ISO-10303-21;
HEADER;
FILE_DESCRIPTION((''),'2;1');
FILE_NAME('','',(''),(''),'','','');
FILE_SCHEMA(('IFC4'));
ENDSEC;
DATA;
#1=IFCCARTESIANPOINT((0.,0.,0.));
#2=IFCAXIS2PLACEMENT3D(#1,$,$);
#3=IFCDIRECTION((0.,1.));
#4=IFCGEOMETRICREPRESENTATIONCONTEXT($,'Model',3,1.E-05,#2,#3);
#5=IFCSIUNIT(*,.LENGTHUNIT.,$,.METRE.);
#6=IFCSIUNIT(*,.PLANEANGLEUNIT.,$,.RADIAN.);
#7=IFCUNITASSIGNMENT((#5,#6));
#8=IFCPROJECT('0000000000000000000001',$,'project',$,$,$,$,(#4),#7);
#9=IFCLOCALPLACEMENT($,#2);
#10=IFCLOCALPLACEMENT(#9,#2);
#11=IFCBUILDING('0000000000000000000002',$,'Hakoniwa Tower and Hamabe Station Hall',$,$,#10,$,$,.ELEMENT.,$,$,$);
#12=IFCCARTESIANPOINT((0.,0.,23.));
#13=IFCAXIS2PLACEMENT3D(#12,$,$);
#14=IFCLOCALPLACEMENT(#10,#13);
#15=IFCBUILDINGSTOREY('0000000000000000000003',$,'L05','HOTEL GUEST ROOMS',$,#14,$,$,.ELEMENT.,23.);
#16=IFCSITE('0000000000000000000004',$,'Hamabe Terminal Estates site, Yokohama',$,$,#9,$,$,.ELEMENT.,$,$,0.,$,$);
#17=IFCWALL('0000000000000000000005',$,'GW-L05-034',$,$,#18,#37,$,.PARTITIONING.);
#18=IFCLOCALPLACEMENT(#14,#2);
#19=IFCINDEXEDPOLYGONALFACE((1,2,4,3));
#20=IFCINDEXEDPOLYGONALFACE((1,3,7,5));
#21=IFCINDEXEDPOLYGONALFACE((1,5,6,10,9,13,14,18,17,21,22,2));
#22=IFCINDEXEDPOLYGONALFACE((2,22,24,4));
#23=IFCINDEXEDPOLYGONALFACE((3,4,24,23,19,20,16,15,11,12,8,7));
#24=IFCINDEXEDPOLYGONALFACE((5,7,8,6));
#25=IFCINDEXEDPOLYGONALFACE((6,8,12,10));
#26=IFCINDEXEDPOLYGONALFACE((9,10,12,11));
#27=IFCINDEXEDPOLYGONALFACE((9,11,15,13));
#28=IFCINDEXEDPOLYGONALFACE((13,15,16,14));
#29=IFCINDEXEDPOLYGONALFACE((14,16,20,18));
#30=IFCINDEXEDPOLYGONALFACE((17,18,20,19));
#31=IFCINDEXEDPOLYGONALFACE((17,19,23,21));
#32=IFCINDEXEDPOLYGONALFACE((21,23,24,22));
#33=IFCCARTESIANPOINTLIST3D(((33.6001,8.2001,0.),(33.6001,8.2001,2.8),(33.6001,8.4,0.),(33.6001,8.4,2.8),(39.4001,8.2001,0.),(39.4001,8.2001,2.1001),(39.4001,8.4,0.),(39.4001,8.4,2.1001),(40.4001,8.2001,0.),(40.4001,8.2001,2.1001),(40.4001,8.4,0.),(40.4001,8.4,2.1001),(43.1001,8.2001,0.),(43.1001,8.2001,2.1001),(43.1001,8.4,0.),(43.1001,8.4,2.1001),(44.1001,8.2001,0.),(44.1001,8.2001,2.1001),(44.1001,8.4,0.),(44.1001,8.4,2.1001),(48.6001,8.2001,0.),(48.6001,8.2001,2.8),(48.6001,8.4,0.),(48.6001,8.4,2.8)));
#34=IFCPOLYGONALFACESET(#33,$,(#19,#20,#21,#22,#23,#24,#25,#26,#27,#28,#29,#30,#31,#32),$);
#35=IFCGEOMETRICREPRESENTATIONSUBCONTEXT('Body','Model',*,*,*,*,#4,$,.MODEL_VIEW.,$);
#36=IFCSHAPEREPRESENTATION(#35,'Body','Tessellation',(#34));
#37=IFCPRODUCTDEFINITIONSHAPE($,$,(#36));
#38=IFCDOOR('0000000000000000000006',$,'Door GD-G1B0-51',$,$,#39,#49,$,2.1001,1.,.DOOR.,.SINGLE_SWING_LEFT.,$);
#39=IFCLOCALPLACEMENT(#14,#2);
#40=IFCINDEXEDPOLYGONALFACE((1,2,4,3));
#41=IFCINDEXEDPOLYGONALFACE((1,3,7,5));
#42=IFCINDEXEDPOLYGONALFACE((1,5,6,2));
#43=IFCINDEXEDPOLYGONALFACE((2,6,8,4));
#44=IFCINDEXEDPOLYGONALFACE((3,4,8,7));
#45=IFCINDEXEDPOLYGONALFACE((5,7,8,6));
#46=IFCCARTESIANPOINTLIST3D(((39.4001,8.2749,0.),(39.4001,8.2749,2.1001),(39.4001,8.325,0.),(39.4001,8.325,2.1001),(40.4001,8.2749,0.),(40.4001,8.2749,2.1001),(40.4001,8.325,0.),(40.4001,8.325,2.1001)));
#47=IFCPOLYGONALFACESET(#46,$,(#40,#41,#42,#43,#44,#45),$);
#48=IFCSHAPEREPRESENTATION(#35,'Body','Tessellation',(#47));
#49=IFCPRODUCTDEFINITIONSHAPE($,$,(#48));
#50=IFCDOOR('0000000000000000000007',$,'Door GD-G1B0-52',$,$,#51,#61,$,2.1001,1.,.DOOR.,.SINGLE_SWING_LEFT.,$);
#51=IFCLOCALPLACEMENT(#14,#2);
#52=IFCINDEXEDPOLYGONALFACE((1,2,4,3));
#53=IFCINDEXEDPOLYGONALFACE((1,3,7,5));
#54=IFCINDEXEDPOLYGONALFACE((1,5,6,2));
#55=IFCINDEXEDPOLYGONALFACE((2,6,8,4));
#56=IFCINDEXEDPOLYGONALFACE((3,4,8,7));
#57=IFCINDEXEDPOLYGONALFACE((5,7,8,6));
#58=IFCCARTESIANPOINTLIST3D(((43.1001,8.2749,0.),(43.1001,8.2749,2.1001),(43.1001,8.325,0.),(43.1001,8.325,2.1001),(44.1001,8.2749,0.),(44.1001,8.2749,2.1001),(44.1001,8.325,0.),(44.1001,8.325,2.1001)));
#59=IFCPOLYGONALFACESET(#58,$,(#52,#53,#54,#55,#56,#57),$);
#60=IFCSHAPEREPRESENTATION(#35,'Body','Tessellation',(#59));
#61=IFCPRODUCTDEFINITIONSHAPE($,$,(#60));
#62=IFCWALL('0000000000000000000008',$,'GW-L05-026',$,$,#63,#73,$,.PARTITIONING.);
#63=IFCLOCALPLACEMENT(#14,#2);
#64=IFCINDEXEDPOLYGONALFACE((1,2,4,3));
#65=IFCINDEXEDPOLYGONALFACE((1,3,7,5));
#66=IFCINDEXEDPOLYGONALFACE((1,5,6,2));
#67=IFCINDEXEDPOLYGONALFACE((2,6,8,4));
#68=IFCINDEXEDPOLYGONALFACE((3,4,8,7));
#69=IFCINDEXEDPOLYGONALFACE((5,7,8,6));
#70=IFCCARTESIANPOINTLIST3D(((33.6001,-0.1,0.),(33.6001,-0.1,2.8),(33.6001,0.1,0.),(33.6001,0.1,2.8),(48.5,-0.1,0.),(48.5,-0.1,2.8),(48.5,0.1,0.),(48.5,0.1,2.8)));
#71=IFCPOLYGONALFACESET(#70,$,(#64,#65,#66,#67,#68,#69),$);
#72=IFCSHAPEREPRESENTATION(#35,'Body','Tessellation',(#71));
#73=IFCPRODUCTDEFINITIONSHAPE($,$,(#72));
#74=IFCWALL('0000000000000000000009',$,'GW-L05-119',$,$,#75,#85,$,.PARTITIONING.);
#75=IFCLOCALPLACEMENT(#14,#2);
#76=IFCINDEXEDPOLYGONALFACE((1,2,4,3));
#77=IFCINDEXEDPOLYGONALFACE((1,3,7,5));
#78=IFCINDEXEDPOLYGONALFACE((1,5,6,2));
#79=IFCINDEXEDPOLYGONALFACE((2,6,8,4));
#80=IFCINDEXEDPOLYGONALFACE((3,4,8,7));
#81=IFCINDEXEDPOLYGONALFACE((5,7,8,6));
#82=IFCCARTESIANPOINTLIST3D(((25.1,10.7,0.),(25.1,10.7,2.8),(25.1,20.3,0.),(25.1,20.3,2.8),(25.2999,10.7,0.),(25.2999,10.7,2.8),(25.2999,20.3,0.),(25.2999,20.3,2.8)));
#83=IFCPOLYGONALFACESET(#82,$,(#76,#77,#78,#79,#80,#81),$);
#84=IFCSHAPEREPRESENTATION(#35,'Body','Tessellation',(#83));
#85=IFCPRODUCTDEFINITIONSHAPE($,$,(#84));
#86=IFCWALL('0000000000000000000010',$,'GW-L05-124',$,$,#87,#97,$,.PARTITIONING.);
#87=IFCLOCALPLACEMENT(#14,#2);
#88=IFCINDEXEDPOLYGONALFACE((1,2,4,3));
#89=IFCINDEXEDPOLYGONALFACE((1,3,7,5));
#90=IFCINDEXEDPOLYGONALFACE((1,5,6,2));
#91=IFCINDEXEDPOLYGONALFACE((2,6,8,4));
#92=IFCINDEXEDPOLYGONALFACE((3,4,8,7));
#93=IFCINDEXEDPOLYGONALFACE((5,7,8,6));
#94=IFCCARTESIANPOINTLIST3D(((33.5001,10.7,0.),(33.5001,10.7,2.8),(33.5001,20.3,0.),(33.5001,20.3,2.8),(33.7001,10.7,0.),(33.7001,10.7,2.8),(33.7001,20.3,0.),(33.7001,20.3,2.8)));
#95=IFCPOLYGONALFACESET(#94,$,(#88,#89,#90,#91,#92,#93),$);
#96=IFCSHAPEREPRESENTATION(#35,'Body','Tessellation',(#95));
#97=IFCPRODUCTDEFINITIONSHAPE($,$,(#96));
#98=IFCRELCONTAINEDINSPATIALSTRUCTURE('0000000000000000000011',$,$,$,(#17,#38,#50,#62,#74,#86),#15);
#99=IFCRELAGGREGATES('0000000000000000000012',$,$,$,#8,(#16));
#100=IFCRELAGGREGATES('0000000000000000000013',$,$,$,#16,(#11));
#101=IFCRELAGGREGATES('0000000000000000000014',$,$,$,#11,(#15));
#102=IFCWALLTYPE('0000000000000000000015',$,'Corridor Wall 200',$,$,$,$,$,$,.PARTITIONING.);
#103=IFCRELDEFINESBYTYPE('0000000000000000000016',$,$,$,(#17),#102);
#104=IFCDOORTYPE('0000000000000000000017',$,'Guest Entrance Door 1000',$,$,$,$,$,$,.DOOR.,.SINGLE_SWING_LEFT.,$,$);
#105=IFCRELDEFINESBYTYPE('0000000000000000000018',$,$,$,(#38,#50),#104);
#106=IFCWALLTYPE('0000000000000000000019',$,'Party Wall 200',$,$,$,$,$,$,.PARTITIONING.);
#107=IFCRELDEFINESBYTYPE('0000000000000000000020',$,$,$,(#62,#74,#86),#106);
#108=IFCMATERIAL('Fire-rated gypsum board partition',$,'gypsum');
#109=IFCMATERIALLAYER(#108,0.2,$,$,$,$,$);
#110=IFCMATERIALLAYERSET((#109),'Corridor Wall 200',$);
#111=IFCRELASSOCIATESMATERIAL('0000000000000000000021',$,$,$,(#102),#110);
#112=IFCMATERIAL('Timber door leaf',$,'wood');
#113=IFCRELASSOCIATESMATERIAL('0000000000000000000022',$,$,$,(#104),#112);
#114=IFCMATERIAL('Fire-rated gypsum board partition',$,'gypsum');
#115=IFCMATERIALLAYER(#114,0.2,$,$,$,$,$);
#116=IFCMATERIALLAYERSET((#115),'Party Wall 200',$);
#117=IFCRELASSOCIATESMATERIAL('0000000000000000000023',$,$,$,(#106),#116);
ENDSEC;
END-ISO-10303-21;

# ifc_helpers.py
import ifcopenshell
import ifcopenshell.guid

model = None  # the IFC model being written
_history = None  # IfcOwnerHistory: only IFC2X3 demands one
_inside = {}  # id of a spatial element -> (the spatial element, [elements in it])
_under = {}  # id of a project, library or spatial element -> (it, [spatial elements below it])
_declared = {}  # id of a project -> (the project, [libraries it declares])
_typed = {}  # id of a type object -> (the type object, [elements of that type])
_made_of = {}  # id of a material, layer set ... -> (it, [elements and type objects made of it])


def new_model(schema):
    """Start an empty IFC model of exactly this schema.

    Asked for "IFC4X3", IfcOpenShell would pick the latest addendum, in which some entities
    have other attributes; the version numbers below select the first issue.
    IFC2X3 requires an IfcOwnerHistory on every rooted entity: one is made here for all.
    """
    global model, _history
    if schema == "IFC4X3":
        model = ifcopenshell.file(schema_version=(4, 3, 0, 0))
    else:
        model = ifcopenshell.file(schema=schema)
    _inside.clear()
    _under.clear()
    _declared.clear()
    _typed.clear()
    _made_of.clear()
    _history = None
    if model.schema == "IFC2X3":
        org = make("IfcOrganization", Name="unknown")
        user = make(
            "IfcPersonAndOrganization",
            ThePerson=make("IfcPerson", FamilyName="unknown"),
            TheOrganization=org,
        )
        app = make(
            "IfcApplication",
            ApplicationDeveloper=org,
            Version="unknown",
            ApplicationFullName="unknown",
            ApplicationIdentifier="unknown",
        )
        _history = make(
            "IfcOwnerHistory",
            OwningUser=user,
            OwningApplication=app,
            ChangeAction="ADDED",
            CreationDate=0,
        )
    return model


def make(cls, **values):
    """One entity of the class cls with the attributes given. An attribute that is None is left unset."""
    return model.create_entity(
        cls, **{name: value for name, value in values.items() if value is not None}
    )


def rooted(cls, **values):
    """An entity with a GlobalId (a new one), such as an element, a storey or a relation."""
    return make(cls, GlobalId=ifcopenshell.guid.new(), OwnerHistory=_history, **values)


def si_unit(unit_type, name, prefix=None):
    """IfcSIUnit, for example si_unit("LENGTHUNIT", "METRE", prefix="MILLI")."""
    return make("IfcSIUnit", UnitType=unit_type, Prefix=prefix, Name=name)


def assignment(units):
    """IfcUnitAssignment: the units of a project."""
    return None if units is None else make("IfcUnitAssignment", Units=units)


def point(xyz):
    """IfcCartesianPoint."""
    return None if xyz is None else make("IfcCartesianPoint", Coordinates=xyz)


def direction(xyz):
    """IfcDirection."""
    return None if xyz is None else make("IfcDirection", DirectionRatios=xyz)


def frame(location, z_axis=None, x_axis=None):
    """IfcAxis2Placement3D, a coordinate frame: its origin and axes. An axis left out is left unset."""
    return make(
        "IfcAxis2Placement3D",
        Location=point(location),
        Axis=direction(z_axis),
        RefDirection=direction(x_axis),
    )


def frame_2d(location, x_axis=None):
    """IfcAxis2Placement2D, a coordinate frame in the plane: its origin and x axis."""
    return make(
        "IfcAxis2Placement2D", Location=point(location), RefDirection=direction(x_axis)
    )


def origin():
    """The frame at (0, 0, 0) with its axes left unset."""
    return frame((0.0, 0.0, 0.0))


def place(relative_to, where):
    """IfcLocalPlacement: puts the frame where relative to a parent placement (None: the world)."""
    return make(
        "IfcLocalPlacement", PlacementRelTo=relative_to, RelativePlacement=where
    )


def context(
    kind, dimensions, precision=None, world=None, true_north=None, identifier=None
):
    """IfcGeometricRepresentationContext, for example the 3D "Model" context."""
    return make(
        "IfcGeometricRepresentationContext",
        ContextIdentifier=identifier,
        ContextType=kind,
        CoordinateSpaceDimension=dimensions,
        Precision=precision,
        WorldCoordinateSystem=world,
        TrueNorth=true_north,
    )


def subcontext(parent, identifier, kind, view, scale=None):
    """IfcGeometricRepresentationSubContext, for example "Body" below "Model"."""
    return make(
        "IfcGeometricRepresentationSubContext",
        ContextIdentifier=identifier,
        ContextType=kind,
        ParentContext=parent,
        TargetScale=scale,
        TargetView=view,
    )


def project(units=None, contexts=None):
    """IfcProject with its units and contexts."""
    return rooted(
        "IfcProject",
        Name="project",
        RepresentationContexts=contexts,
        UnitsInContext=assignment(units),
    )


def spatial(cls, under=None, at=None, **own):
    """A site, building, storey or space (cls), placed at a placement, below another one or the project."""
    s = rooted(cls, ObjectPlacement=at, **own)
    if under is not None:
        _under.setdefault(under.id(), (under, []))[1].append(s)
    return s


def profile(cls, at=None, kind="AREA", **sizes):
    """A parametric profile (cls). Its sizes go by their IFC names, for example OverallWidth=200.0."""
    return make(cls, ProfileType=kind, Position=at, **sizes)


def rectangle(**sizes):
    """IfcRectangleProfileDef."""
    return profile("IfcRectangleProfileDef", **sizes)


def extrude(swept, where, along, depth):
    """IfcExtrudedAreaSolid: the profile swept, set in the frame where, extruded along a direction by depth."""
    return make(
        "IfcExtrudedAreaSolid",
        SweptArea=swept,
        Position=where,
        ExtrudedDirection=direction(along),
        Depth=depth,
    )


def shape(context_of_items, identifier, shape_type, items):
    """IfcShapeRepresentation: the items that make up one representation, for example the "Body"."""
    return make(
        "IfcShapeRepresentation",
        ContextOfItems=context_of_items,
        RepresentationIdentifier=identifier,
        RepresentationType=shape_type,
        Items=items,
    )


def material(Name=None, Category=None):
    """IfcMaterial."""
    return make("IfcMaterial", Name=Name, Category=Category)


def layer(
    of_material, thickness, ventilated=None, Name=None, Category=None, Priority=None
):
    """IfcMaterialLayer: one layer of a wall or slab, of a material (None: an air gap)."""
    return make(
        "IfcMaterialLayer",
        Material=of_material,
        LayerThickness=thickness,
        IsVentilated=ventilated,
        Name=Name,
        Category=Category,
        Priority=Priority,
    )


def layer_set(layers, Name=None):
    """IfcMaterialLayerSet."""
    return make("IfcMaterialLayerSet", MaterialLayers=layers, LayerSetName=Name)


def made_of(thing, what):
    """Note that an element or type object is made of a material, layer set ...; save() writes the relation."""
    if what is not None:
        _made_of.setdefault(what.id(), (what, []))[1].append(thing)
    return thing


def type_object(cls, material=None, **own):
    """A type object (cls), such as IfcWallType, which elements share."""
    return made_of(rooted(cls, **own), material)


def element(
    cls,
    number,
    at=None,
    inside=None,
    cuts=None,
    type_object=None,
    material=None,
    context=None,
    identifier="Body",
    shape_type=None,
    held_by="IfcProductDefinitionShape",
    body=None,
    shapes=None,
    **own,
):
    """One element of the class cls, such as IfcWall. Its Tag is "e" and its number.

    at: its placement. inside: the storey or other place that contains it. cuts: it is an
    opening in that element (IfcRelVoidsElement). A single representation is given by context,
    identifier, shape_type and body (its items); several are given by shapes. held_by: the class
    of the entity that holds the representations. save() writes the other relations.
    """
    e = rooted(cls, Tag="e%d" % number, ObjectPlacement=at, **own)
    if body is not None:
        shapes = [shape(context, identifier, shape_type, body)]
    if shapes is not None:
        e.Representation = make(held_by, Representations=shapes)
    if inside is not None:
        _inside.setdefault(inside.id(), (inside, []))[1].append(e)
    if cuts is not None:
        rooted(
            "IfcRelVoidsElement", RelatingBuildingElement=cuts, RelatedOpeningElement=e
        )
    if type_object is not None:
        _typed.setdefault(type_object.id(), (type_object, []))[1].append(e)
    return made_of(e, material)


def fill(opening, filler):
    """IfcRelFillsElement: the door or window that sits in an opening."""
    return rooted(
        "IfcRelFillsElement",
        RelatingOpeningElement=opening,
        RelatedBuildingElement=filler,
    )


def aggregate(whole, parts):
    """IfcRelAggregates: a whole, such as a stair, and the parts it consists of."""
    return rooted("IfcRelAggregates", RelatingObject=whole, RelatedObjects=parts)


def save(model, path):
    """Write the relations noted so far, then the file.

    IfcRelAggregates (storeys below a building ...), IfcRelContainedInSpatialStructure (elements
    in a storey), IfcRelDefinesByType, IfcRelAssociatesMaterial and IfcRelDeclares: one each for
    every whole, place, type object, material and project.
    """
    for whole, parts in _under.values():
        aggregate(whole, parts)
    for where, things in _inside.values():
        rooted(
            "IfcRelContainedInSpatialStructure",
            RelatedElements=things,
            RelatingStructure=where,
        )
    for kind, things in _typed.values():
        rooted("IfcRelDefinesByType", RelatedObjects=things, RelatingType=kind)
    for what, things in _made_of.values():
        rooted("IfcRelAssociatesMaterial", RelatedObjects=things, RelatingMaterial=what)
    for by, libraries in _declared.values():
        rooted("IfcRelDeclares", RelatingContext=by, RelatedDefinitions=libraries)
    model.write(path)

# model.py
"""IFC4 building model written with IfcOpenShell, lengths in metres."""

from ifc_helpers import new_model, si_unit, direction, frame, frame_2d, origin, place, context, subcontext, project, spatial, rectangle, extrude, material, layer, layer_set, type_object, element, fill, save


model = new_model("IFC4")

# Units and contexts
model_context = context("Model", 3, precision=1e-05, world=origin(), true_north=direction((0.0, 1.0)))
body_context = subcontext(model_context, "Body", "Model", "MODEL_VIEW")
ifc_project = project(units=[si_unit("LENGTHUNIT", "METRE"), si_unit("PLANEANGLEUNIT", "RADIAN")], contexts=[model_context])

# Site, building, storey
site_placement = place(None, origin())
site = spatial("IfcSite", under=ifc_project, at=site_placement, Name="Hamabe Terminal Estates site, Yokohama", CompositionType="ELEMENT", RefElevation=0.0)
building_placement = place(site_placement, origin())
building = spatial("IfcBuilding", under=site, at=building_placement, Name="Hakoniwa Tower and Hamabe Station Hall", CompositionType="ELEMENT")
storey_placement = place(building_placement, frame((0.0, 0.0, 23.0)))
storey = spatial("IfcBuildingStorey", under=building, at=storey_placement, Name="L05", Description="HOTEL GUEST ROOMS", CompositionType="ELEMENT", Elevation=23.0)

# Wall, openings, doors
ifc_material_1 = material(Name="Fire-rated gypsum board partition", Category="gypsum")
ifc_layer_1 = layer(ifc_material_1, 0.2)
ifc_layer_set_1 = layer_set([ifc_layer_1], Name="Corridor Wall 200")
wall_type_1 = type_object("IfcWallType", Name="Corridor Wall 200", PredefinedType="PARTITIONING", material=ifc_layer_set_1)
wall_1_placement = place(storey_placement, frame((33.6001, 8.3, 0.0), z_axis=(0.0, 0.0, 1.0), x_axis=(1.0, 0.0, 0.0)))
wall_1 = element("IfcWall", 1, at=wall_1_placement, inside=storey, type_object=wall_type_1, Name="GW-L05-034", PredefinedType="PARTITIONING", context=body_context, shape_type="SweptSolid", body=[
    extrude(rectangle(XDim=15.0, YDim=0.2, at=frame_2d((7.5, 0.0))), origin(), (0.0, 0.0, 1.0), 2.8),
])
opening_1_placement = place(wall_1_placement, frame((5.8, 0.0, 0.0)))
opening_1 = element("IfcOpeningElement", 2, at=opening_1_placement, cuts=wall_1, PredefinedType="OPENING", context=body_context, shape_type="SweptSolid", body=[
    extrude(rectangle(XDim=1.0, YDim=2.1001, at=frame_2d((0.5, 1.05))), frame((0.0, 0.1099, 0.0), z_axis=(0.0, -1.0, 0.0), x_axis=(1.0, 0.0, 0.0)), (0.0, 0.0, 1.0), 0.22),
])
opening_2_placement = place(wall_1_placement, frame((9.5, 0.0, 0.0)))
opening_2 = element("IfcOpeningElement", 3, at=opening_2_placement, cuts=wall_1, PredefinedType="OPENING", context=body_context, shape_type="SweptSolid", body=[
    extrude(rectangle(XDim=1.0, YDim=2.1001, at=frame_2d((0.5, 1.05))), frame((0.0, 0.1099, 0.0), z_axis=(0.0, -1.0, 0.0), x_axis=(1.0, 0.0, 0.0)), (0.0, 0.0, 1.0), 0.22),
])
ifc_material_2 = material(Name="Timber door leaf", Category="wood")
door_type_1 = type_object("IfcDoorType", Name="Guest Entrance Door 1000", OperationType="SINGLE_SWING_LEFT", PredefinedType="DOOR", material=ifc_material_2)
door_1_placement = place(opening_1_placement, origin())
door_1 = element("IfcDoor", 4, at=door_1_placement, inside=storey, type_object=door_type_1, Name="Door GD-G1B0-51", OperationType="SINGLE_SWING_LEFT", OverallHeight=2.1001, OverallWidth=1.0, PredefinedType="DOOR", context=body_context, shape_type="SweptSolid", body=[
    extrude(rectangle(XDim=1.0, YDim=2.1001, at=frame_2d((0.5, 1.05))), frame((0.0, 0.0249, 0.0), z_axis=(0.0, -1.0, 0.0), x_axis=(1.0, 0.0, 0.0)), (0.0, 0.0, 1.0), 0.05),
])
fill(opening_1, door_1)
door_2_placement = place(opening_2_placement, origin())
door_2 = element("IfcDoor", 5, at=door_2_placement, inside=storey, type_object=door_type_1, Name="Door GD-G1B0-52", OperationType="SINGLE_SWING_LEFT", OverallHeight=2.1001, OverallWidth=1.0, PredefinedType="DOOR", context=body_context, shape_type="SweptSolid", body=[
    extrude(rectangle(XDim=1.0, YDim=2.1001, at=frame_2d((0.5, 1.05))), frame((0.0, 0.0249, 0.0), z_axis=(0.0, -1.0, 0.0), x_axis=(1.0, 0.0, 0.0)), (0.0, 0.0, 1.0), 0.05),
])
fill(opening_2, door_2)

# Walls
ifc_material_3 = material(Name="Fire-rated gypsum board partition", Category="gypsum")
ifc_layer_2 = layer(ifc_material_3, 0.2)
ifc_layer_set_2 = layer_set([ifc_layer_2], Name="Party Wall 200")
wall_type_2 = type_object("IfcWallType", Name="Party Wall 200", PredefinedType="PARTITIONING", material=ifc_layer_set_2)
wall_2_placement = place(storey_placement, frame((33.6001, 0.0, 0.0), z_axis=(0.0, 0.0, 1.0), x_axis=(1.0, 0.0, 0.0)))
element("IfcWall", 6, at=wall_2_placement, inside=storey, type_object=wall_type_2, Name="GW-L05-026", PredefinedType="PARTITIONING", context=body_context, shape_type="SweptSolid", body=[
    extrude(rectangle(XDim=14.8999, YDim=0.2, at=frame_2d((7.45, 0.0))), origin(), (0.0, 0.0, 1.0), 2.8),
])
for number, where, z_axis, x_axis, name in (
    (7, (25.2, 10.7, 0.0), (0.0, 0.0, 1.0), (0.0, 1.0, 0.0), "GW-L05-119"),
    (8, (33.6001, 10.7, 0.0), (0.0, 0.0, 1.0), (0.0, 1.0, 0.0), "GW-L05-124"),
):
    element("IfcWall", number, at=place(storey_placement, frame(where, z_axis=z_axis, x_axis=x_axis)), inside=storey, type_object=wall_type_2, Name=name, PredefinedType="PARTITIONING", context=body_context, shape_type="SweptSolid", body=[
        extrude(rectangle(XDim=9.6001, YDim=0.2, at=frame_2d((4.8, 0.0))), origin(), (0.0, 0.0, 1.0), 2.8),
    ])

save(model, "model.ifc")
